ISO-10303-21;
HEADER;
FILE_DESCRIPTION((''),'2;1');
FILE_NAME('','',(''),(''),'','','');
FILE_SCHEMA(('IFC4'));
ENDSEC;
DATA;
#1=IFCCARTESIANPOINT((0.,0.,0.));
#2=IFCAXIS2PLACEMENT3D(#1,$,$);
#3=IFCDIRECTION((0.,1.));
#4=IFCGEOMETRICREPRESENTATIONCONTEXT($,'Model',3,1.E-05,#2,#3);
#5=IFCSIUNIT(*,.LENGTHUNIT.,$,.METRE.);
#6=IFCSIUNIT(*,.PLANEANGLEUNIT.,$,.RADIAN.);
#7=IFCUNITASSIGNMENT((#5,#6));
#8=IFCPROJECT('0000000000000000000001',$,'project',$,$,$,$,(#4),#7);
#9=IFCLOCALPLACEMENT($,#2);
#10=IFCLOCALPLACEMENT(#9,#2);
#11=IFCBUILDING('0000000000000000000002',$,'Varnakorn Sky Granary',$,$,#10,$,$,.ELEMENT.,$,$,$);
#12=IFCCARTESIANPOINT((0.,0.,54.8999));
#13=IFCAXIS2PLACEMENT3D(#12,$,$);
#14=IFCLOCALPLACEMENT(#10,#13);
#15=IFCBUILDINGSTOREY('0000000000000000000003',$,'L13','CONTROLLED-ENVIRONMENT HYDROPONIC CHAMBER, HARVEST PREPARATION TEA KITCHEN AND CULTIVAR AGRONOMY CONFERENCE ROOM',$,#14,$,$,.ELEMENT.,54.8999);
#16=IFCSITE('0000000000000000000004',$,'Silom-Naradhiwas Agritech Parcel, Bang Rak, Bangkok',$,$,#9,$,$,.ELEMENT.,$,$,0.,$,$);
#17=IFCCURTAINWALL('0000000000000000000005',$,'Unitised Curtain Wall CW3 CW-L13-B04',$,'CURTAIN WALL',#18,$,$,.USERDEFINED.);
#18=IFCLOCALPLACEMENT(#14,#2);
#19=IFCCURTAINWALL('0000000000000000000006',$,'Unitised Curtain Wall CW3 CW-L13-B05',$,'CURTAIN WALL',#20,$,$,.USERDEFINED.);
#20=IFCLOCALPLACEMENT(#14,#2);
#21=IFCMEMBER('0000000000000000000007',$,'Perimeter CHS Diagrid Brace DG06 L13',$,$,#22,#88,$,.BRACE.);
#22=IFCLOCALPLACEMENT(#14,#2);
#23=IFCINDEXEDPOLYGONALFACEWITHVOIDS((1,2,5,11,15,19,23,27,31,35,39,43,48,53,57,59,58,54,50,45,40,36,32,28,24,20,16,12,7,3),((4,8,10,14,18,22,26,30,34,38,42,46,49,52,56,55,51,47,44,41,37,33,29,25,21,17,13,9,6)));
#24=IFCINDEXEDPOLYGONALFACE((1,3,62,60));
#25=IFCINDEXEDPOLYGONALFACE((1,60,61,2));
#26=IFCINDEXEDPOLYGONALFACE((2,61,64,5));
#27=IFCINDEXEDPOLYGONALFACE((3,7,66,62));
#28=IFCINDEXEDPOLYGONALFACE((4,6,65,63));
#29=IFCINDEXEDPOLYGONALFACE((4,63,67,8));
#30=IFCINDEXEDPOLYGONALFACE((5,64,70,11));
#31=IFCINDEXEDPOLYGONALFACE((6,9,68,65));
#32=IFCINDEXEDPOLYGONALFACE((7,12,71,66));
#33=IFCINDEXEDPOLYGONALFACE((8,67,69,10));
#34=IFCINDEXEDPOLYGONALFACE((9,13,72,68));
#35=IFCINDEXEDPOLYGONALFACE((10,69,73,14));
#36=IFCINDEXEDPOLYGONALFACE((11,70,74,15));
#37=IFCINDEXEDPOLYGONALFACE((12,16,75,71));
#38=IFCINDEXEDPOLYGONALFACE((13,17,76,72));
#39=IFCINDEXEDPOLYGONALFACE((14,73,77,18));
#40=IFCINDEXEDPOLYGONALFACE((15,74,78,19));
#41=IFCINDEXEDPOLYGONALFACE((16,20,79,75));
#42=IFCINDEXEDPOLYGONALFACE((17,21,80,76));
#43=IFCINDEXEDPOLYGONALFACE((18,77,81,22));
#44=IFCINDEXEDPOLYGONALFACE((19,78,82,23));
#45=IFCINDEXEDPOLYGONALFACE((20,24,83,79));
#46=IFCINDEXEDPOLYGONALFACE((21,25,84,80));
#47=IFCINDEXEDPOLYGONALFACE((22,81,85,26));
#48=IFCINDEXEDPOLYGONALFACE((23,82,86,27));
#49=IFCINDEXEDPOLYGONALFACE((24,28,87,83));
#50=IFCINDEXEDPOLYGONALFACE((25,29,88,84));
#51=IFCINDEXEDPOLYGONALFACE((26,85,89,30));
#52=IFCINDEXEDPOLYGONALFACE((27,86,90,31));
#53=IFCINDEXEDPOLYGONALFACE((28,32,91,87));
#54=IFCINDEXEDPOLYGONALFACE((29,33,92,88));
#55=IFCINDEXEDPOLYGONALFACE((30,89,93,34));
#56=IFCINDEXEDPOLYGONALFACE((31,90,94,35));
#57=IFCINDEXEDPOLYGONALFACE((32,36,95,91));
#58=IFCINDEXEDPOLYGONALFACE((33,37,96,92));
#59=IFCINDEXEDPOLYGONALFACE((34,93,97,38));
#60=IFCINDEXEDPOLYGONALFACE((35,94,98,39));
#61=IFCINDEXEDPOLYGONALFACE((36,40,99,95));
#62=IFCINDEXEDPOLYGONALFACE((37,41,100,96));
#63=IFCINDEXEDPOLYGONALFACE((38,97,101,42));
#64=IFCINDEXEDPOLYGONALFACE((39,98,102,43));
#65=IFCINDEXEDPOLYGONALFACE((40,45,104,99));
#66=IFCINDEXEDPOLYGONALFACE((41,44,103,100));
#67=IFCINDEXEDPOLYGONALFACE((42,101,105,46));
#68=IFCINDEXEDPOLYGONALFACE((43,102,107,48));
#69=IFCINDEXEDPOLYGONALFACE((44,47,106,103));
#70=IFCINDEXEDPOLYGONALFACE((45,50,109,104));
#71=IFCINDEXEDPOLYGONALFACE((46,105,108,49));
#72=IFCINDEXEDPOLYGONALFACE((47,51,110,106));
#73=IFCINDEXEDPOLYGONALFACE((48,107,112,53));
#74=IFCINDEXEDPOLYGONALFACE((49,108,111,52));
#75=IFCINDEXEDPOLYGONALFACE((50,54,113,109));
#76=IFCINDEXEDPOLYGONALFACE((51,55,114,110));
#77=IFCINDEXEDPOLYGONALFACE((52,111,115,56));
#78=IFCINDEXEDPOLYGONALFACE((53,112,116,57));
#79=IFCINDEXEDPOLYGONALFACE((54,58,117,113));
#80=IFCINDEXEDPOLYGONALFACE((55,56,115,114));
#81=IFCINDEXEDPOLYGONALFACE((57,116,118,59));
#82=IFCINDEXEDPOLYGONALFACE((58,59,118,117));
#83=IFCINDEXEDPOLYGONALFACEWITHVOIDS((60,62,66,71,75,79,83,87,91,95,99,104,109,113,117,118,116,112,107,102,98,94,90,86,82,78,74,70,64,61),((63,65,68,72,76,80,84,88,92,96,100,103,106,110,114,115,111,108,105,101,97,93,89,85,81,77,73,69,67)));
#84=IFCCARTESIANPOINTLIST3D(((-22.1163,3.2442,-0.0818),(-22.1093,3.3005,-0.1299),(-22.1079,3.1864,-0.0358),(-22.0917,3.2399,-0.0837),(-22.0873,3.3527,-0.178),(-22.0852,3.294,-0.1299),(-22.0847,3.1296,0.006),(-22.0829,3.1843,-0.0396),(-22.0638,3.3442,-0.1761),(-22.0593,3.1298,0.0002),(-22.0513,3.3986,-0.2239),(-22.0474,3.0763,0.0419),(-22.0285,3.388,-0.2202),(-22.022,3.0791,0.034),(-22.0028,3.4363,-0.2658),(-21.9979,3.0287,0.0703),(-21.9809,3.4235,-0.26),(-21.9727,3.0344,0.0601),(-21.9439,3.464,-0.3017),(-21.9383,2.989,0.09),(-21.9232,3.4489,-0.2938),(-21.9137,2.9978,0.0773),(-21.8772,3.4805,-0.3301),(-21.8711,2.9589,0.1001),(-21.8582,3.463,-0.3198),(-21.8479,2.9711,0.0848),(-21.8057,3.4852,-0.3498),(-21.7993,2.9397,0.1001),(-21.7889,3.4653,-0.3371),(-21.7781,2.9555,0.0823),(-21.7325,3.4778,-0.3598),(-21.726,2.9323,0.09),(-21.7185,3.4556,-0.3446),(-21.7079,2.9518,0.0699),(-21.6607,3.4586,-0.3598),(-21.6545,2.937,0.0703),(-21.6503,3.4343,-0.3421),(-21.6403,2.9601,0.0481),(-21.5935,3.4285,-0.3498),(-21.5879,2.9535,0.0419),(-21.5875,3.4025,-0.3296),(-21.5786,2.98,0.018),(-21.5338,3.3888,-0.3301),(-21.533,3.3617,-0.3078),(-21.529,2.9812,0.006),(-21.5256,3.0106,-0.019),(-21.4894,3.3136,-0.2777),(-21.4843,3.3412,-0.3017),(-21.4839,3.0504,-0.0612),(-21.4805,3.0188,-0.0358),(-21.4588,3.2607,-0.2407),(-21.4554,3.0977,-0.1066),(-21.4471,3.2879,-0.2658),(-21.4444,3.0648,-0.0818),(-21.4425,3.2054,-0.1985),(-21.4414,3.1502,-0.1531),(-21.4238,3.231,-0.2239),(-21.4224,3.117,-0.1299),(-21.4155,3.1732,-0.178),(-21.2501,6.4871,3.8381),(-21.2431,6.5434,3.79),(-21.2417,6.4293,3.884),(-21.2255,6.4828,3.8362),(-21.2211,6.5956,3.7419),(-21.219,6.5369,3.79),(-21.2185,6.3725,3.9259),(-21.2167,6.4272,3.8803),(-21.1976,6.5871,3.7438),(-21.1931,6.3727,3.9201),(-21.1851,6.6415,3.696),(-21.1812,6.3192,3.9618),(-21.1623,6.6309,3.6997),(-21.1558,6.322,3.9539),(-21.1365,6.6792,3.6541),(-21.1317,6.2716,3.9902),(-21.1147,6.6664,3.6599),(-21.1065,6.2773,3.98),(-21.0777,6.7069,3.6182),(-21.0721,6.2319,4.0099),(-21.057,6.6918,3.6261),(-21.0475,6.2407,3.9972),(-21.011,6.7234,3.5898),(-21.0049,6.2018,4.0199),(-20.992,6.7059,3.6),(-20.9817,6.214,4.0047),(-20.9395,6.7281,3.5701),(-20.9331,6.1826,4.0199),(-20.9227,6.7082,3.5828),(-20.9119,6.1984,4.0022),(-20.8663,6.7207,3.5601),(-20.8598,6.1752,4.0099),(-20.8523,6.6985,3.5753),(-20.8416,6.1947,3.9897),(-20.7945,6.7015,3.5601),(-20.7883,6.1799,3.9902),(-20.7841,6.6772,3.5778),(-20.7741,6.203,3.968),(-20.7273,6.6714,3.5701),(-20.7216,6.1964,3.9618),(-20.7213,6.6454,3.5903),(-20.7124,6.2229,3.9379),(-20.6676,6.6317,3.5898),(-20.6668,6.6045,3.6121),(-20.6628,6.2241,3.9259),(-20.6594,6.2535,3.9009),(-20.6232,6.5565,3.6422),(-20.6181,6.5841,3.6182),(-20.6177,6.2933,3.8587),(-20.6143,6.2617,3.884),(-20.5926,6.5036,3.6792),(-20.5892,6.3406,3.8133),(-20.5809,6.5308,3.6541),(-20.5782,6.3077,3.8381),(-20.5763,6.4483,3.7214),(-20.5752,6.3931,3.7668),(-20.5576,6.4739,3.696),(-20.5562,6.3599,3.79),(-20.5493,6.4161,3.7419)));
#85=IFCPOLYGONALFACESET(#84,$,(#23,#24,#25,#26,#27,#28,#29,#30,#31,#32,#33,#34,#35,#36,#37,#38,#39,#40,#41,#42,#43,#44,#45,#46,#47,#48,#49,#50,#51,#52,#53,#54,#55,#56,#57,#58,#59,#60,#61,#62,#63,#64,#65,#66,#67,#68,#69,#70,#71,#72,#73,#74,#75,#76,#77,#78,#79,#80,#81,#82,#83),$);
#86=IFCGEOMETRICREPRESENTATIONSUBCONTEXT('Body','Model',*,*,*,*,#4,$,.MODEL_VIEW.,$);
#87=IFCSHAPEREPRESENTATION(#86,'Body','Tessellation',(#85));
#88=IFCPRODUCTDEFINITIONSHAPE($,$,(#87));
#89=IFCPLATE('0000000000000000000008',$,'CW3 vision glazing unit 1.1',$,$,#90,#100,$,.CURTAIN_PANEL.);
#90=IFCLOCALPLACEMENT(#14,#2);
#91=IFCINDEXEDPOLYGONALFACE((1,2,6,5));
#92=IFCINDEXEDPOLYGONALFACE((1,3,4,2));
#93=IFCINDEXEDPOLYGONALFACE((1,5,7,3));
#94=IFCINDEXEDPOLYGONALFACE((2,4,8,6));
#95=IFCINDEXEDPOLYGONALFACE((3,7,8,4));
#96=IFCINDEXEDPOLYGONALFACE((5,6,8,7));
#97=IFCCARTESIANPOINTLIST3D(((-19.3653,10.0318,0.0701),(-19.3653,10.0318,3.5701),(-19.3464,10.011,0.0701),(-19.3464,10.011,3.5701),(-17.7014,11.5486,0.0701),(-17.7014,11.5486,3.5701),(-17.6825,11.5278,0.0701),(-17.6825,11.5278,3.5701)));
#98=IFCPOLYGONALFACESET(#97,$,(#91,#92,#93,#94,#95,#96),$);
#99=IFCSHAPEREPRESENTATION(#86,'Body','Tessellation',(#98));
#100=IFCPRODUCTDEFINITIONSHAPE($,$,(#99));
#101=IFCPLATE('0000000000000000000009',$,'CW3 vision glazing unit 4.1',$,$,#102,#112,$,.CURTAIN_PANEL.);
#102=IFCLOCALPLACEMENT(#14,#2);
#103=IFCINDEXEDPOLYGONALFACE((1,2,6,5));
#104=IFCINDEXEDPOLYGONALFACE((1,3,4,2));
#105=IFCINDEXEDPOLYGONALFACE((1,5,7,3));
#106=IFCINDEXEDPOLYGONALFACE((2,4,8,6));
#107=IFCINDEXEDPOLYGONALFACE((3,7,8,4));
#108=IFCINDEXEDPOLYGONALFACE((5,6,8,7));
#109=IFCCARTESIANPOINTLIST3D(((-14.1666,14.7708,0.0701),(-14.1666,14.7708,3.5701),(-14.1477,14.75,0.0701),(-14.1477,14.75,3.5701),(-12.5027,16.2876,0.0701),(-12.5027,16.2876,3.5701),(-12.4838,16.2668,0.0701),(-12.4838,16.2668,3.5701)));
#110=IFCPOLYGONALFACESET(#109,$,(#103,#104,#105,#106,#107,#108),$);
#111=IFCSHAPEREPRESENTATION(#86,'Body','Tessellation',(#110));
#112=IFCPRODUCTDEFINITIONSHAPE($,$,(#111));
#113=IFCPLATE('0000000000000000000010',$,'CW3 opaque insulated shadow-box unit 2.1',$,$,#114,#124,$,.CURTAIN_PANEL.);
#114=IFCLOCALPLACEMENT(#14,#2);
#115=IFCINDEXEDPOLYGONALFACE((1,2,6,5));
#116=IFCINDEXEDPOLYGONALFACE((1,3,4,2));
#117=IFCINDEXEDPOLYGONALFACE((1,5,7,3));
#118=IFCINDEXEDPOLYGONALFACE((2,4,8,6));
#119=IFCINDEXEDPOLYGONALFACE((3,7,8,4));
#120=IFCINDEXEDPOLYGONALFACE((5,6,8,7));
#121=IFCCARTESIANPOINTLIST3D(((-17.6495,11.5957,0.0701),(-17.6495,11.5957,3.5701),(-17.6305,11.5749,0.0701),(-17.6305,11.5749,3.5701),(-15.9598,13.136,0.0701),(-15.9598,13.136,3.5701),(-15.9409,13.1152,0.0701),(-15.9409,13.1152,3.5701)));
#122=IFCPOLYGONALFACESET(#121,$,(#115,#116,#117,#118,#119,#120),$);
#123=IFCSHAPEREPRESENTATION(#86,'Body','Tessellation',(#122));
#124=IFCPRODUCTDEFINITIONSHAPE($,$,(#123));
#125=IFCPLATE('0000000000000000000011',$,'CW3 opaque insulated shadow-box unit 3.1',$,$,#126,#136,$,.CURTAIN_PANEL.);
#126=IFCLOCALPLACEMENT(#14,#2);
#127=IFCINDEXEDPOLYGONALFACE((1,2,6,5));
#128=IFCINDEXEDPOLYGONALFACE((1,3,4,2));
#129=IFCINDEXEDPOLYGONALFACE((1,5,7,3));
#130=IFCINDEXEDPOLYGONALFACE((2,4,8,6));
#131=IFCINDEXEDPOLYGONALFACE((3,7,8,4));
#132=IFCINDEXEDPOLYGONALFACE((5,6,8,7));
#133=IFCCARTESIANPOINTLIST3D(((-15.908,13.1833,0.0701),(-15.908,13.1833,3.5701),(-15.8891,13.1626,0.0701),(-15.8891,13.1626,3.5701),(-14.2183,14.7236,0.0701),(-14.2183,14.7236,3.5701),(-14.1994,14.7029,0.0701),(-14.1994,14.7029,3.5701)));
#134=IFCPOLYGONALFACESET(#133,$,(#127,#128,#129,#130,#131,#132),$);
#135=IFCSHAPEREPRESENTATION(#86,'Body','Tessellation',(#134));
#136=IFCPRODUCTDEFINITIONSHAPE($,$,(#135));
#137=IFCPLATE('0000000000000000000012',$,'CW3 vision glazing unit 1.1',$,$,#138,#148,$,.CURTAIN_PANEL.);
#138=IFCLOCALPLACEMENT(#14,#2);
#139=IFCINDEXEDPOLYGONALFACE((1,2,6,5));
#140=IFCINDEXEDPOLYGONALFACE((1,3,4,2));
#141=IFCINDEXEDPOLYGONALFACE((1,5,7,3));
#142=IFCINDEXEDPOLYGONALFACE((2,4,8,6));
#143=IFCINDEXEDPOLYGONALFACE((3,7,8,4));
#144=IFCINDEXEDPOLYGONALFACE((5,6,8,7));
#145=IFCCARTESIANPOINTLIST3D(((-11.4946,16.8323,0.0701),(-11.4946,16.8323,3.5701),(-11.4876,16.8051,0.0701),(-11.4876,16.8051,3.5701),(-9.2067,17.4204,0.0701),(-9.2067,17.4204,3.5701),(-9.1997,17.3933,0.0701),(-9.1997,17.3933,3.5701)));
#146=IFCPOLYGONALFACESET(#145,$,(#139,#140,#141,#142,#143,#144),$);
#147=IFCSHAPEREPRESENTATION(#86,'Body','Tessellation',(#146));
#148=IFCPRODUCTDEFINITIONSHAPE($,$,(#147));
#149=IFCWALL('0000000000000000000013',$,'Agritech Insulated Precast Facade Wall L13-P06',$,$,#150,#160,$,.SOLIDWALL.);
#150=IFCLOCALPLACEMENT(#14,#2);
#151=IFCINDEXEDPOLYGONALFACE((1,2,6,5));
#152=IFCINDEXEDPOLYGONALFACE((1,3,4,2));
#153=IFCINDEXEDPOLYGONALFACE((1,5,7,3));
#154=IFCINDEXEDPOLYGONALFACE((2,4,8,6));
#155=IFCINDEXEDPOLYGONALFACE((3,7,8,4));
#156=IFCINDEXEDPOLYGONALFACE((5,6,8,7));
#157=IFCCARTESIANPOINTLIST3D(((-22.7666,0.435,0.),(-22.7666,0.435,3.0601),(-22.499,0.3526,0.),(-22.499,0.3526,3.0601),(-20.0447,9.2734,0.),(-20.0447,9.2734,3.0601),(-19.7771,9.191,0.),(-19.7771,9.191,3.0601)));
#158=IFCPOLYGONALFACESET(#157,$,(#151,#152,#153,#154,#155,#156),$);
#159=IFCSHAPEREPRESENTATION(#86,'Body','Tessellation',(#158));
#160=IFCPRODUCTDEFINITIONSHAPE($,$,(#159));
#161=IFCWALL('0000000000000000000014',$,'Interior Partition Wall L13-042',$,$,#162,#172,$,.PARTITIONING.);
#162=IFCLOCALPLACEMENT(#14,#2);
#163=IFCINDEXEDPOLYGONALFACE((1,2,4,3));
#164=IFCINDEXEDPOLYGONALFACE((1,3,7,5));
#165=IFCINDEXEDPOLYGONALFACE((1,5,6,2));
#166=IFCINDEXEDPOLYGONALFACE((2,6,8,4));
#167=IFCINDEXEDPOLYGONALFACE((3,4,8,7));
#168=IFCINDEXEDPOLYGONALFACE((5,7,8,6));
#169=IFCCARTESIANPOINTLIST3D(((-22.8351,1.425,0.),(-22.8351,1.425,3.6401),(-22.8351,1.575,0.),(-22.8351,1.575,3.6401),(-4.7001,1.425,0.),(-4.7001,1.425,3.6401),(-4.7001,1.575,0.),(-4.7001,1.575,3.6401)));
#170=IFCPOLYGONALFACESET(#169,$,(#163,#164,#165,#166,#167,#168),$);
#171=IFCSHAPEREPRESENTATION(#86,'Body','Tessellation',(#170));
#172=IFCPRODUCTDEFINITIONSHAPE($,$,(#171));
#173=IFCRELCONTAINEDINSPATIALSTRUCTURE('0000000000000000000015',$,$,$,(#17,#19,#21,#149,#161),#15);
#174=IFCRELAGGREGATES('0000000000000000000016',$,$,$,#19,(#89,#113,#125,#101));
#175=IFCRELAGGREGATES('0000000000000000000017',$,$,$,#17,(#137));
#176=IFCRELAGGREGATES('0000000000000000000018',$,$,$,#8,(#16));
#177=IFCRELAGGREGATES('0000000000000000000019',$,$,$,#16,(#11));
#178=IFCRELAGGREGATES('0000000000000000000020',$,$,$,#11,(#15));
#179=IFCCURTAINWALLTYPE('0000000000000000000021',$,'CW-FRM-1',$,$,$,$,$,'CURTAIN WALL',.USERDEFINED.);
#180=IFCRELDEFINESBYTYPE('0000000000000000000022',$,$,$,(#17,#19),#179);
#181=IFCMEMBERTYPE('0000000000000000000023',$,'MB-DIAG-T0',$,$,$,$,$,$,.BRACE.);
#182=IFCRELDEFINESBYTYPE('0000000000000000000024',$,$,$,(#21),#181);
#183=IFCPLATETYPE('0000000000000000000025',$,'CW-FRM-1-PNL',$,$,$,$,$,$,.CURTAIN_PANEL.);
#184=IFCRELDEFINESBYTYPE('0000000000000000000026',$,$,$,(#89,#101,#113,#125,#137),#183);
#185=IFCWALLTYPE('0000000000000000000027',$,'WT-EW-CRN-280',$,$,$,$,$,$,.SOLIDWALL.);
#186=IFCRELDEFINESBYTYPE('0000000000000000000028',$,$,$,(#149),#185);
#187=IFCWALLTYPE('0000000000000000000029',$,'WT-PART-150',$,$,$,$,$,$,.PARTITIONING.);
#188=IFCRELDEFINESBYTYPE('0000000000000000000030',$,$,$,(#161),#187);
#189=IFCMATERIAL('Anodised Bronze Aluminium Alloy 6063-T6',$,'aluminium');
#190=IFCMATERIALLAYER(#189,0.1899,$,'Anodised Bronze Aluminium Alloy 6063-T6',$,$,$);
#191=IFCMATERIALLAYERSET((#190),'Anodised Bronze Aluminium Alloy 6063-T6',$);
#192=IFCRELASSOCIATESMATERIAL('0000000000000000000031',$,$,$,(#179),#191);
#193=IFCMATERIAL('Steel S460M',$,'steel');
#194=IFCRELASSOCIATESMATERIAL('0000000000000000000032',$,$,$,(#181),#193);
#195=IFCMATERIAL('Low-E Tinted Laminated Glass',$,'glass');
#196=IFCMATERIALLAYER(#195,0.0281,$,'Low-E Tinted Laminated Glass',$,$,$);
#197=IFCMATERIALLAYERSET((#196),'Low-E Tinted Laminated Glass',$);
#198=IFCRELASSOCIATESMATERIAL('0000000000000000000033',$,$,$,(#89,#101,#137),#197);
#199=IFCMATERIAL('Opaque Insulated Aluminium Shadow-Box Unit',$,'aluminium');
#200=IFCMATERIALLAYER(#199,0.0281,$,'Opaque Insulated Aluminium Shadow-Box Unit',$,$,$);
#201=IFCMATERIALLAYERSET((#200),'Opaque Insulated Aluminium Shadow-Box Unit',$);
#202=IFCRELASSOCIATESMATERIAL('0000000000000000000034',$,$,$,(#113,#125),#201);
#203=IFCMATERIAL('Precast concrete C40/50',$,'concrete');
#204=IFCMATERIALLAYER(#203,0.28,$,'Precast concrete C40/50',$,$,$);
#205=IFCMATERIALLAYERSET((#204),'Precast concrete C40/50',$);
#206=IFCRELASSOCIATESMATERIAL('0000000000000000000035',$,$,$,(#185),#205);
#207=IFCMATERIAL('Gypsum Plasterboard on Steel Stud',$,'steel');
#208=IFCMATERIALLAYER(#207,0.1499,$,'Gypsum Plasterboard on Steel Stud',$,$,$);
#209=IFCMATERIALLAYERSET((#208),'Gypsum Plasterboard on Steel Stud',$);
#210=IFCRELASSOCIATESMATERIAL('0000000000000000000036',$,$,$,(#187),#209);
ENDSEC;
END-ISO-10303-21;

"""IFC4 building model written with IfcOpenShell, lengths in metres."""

from ifc_helpers import new_model, si_unit, direction, frame, frame_2d, origin, origin_2d, place, context, subcontext, project, spatial, rectangle, hollow_circle, extrude, source, transform, mapped, material, layer, layer_set, material_profile, profile_set, type_object, type_shapes, element, aggregate, save


model = new_model("IFC4")

# Units and contexts
model_context = context("Model", 3, precision=1e-05, world=origin(), true_north=direction((0.0, 1.0)))
body_context = subcontext(model_context, "Body", "Model", "MODEL_VIEW")
ifc_project = project(units=[si_unit("LENGTHUNIT", "METRE"), si_unit("PLANEANGLEUNIT", "RADIAN")], contexts=[model_context])

# Site, building, storey
site_placement = place(None, origin())
site = spatial("IfcSite", under=ifc_project, at=site_placement, Name="Silom-Naradhiwas Agritech Parcel, Bang Rak, Bangkok", CompositionType="ELEMENT", RefElevation=0.0)
building_placement = place(site_placement, origin())
building = spatial("IfcBuilding", under=site, at=building_placement, Name="Varnakorn Sky Granary", CompositionType="ELEMENT")
storey_placement = place(building_placement, frame((0.0, 0.0, 54.8999)))
storey = spatial("IfcBuildingStorey", under=building, at=storey_placement, Name="L13", Description="CONTROLLED-ENVIRONMENT HYDROPONIC CHAMBER, HARVEST PREPARATION TEA KITCHEN AND CULTIVAR AGRONOMY CONFERENCE ROOM", CompositionType="ELEMENT", Elevation=54.8999)

# Shared definitions
ifc_material_1 = material(Name="Steel S460M", Category="steel")

# Curtain walls
ifc_material_2 = material(Name="Anodised Bronze Aluminium Alloy 6063-T6", Category="aluminium")
ifc_layer_1 = layer(ifc_material_2, 0.1899, Name="Anodised Bronze Aluminium Alloy 6063-T6")
ifc_layer_set_1 = layer_set([ifc_layer_1], Name="Anodised Bronze Aluminium Alloy 6063-T6")
curtain_wall_type = type_object("IfcCurtainWallType", Name="CW-FRM-1", ElementType="CURTAIN WALL", PredefinedType="USERDEFINED", material=ifc_layer_set_1)
curtain_wall_1_placement = place(storey_placement, origin())
curtain_wall_1 = element("IfcCurtainWall", 1, at=curtain_wall_1_placement, inside=storey, type_object=curtain_wall_type, Name="Unitised Curtain Wall CW3 CW-L13-B04", ObjectType="CURTAIN WALL", PredefinedType="USERDEFINED")
curtain_wall_2_placement = place(storey_placement, origin())
curtain_wall_2 = element("IfcCurtainWall", 2, at=curtain_wall_2_placement, inside=storey, type_object=curtain_wall_type, Name="Unitised Curtain Wall CW3 CW-L13-B05", ObjectType="CURTAIN WALL", PredefinedType="USERDEFINED")

# Member
ifc_material_profile_1 = material_profile(ifc_material_1, hollow_circle(Radius=0.3555, WallThickness=0.0249, at=origin_2d()), Name="CHS 711x25")
ifc_profile_set_1 = profile_set([ifc_material_profile_1], Name="Steel S460M")
member_type_1 = type_object("IfcMemberType", Name="MB-DIAG-T0", PredefinedType="BRACE", material=ifc_profile_set_1)
member_1_placement = place(storey_placement, frame((-21.7659, 3.2087, -0.1299), z_axis=(0.167848, 0.62839, 0.759574), x_axis=(-0.966129, 0.258061, 0.0)))
element("IfcMember", 3, at=member_1_placement, inside=storey, type_object=member_type_1, Name="Perimeter CHS Diagrid Brace DG06 L13", PredefinedType="BRACE", context=body_context, shape_type="SweptSolid", body=[
    extrude(hollow_circle(Radius=0.3555, WallThickness=0.0249, at=origin_2d()), origin(), (0.0, 0.0, 1.0), 5.1606),
])

# Plates
ifc_material_3 = material(Name="Low-E Tinted Laminated Glass", Category="glass")
ifc_layer_2 = layer(ifc_material_3, 0.0281, Name="Low-E Tinted Laminated Glass")
ifc_layer_set_2 = layer_set([ifc_layer_2], Name="Low-E Tinted Laminated Glass")
plate_type = type_object("IfcPlateType", Name="CW-FRM-1-PNL", PredefinedType="CURTAIN_PANEL")
shared_shape_1 = source(origin(), body_context, "Body", "SweptSolid", [
    extrude(rectangle(XDim=2.2515, YDim=0.0281, at=origin_2d()), origin(), (0.0, 0.0, 1.0), 3.5),
])
plate_1_placement = place(storey_placement, frame((-18.5239, 10.7798, 0.0701), z_axis=(0.0, 0.0, 1.0), x_axis=(0.739017, 0.673687, 0.0)))
plate_1 = element("IfcPlate", 4, at=plate_1_placement, type_object=plate_type, material=ifc_layer_set_2, Name="CW3 vision glazing unit 1.1", PredefinedType="CURTAIN_PANEL", context=body_context, shape_type="MappedRepresentation", body=[
    mapped(shared_shape_1, transform((0.0, 0.0, 0.0), x_axis=(1.0, 0.0, 0.0), y_axis=(0.0, 1.0, 0.0), z_axis=(0.0, 0.0, 1.0), scale=1.0)),
])
plate_2_placement = place(storey_placement, frame((-13.3252, 15.5188, 0.0701), z_axis=(0.0, 0.0, 1.0), x_axis=(0.739017, 0.673687, 0.0)))
plate_2 = element("IfcPlate", 5, at=plate_2_placement, type_object=plate_type, material=ifc_layer_set_2, Name="CW3 vision glazing unit 4.1", PredefinedType="CURTAIN_PANEL", context=body_context, shape_type="MappedRepresentation", body=[
    mapped(shared_shape_1, transform((0.0, 0.0, 0.0), x_axis=(1.0, 0.0, 0.0), y_axis=(0.0, 1.0, 0.0), z_axis=(0.0, 0.0, 1.0), scale=1.0)),
])
ifc_material_4 = material(Name="Opaque Insulated Aluminium Shadow-Box Unit", Category="aluminium")
ifc_layer_3 = layer(ifc_material_4, 0.0281, Name="Opaque Insulated Aluminium Shadow-Box Unit")
ifc_layer_set_3 = layer_set([ifc_layer_3], Name="Opaque Insulated Aluminium Shadow-Box Unit")
shared_shape_2 = source(origin(), body_context, "Body", "SweptSolid", [
    extrude(rectangle(XDim=2.2864, YDim=0.0281, at=origin_2d()), origin(), (0.0, 0.0, 1.0), 3.5),
])
plate_3_placement = place(storey_placement, frame((-16.7952, 12.3555, 0.0701), z_axis=(0.0, 0.0, 1.0), x_axis=(0.739017, 0.673687, 0.0)))
plate_3 = element("IfcPlate", 6, at=plate_3_placement, type_object=plate_type, material=ifc_layer_set_3, Name="CW3 opaque insulated shadow-box unit 2.1", PredefinedType="CURTAIN_PANEL", context=body_context, shape_type="MappedRepresentation", body=[
    mapped(shared_shape_2, transform((0.0, 0.0, 0.0), x_axis=(1.0, 0.0, 0.0), y_axis=(0.0, 1.0, 0.0), z_axis=(0.0, 0.0, 1.0), scale=1.0)),
])
plate_4_placement = place(storey_placement, frame((-15.0537, 13.9431, 0.0701), z_axis=(0.0, 0.0, 1.0), x_axis=(0.739017, 0.673687, 0.0)))
plate_4 = element("IfcPlate", 7, at=plate_4_placement, type_object=plate_type, material=ifc_layer_set_3, Name="CW3 opaque insulated shadow-box unit 3.1", PredefinedType="CURTAIN_PANEL", context=body_context, shape_type="MappedRepresentation", body=[
    mapped(shared_shape_2, transform((0.0, 0.0, 0.0), x_axis=(1.0, 0.0, 0.0), y_axis=(0.0, 1.0, 0.0), z_axis=(0.0, 0.0, 1.0), scale=1.0)),
])
aggregate(curtain_wall_2, [plate_1, plate_3, plate_4, plate_2])
shared_shape_3 = source(origin(), body_context, "Body", "SweptSolid", [
    extrude(rectangle(XDim=2.3623, YDim=0.0281, at=origin_2d()), origin(), (0.0, 0.0, 1.0), 3.5),
])
type_shapes(plate_type, [shared_shape_1, shared_shape_2, shared_shape_3])
plate_5_placement = place(storey_placement, frame((-10.3472, 17.1128, 0.0701), z_axis=(0.0, 0.0, 1.0), x_axis=(0.968515, 0.248956, 0.0)))
plate_5 = element("IfcPlate", 8, at=plate_5_placement, type_object=plate_type, material=ifc_layer_set_2, Name="CW3 vision glazing unit 1.1", PredefinedType="CURTAIN_PANEL", context=body_context, shape_type="MappedRepresentation", body=[
    mapped(shared_shape_3, transform((0.0, 0.0, 0.0), x_axis=(1.0, 0.0, 0.0), y_axis=(0.0, 1.0, 0.0), z_axis=(0.0, 0.0, 1.0), scale=1.0)),
])
aggregate(curtain_wall_1, [plate_5])

# Walls
ifc_material_5 = material(Name="Precast concrete C40/50", Category="concrete")
ifc_layer_4 = layer(ifc_material_5, 0.28, Name="Precast concrete C40/50")
ifc_layer_set_4 = layer_set([ifc_layer_4], Name="Precast concrete C40/50")
wall_type_1 = type_object("IfcWallType", Name="WT-EW-CRN-280", PredefinedType="SOLIDWALL", material=ifc_layer_set_4)
wall_1_placement = place(storey_placement, frame((-22.6328, 0.3938, 0.0), z_axis=(0.0, 0.0, 1.0), x_axis=(0.294325, 0.955705, 0.0)))
element("IfcWall", 9, at=wall_1_placement, inside=storey, type_object=wall_type_1, Name="Agritech Insulated Precast Facade Wall L13-P06", PredefinedType="SOLIDWALL", context=body_context, shape_type="SweptSolid", body=[
    extrude(rectangle(XDim=9.248, YDim=0.28, at=frame_2d((4.624, 0.0))), origin(), (0.0, 0.0, 1.0), 3.0601),
])
ifc_material_6 = material(Name="Gypsum Plasterboard on Steel Stud", Category="steel")
ifc_layer_5 = layer(ifc_material_6, 0.1499, Name="Gypsum Plasterboard on Steel Stud")
ifc_layer_set_5 = layer_set([ifc_layer_5], Name="Gypsum Plasterboard on Steel Stud")
wall_type_2 = type_object("IfcWallType", Name="WT-PART-150", PredefinedType="PARTITIONING", material=ifc_layer_set_5)
wall_2_placement = place(storey_placement, frame((-22.835, 1.5, 0.0), z_axis=(0.0, 0.0, 1.0), x_axis=(1.0, 0.0, 0.0)))
element("IfcWall", 10, at=wall_2_placement, inside=storey, type_object=wall_type_2, Name="Interior Partition Wall L13-042", PredefinedType="PARTITIONING", context=body_context, shape_type="SweptSolid", body=[
    extrude(rectangle(XDim=18.135, YDim=0.1499, at=frame_2d((9.0674, 0.0))), origin(), (0.0, 0.0, 1.0), 3.6401),
])

save(model, "model.ifc")
